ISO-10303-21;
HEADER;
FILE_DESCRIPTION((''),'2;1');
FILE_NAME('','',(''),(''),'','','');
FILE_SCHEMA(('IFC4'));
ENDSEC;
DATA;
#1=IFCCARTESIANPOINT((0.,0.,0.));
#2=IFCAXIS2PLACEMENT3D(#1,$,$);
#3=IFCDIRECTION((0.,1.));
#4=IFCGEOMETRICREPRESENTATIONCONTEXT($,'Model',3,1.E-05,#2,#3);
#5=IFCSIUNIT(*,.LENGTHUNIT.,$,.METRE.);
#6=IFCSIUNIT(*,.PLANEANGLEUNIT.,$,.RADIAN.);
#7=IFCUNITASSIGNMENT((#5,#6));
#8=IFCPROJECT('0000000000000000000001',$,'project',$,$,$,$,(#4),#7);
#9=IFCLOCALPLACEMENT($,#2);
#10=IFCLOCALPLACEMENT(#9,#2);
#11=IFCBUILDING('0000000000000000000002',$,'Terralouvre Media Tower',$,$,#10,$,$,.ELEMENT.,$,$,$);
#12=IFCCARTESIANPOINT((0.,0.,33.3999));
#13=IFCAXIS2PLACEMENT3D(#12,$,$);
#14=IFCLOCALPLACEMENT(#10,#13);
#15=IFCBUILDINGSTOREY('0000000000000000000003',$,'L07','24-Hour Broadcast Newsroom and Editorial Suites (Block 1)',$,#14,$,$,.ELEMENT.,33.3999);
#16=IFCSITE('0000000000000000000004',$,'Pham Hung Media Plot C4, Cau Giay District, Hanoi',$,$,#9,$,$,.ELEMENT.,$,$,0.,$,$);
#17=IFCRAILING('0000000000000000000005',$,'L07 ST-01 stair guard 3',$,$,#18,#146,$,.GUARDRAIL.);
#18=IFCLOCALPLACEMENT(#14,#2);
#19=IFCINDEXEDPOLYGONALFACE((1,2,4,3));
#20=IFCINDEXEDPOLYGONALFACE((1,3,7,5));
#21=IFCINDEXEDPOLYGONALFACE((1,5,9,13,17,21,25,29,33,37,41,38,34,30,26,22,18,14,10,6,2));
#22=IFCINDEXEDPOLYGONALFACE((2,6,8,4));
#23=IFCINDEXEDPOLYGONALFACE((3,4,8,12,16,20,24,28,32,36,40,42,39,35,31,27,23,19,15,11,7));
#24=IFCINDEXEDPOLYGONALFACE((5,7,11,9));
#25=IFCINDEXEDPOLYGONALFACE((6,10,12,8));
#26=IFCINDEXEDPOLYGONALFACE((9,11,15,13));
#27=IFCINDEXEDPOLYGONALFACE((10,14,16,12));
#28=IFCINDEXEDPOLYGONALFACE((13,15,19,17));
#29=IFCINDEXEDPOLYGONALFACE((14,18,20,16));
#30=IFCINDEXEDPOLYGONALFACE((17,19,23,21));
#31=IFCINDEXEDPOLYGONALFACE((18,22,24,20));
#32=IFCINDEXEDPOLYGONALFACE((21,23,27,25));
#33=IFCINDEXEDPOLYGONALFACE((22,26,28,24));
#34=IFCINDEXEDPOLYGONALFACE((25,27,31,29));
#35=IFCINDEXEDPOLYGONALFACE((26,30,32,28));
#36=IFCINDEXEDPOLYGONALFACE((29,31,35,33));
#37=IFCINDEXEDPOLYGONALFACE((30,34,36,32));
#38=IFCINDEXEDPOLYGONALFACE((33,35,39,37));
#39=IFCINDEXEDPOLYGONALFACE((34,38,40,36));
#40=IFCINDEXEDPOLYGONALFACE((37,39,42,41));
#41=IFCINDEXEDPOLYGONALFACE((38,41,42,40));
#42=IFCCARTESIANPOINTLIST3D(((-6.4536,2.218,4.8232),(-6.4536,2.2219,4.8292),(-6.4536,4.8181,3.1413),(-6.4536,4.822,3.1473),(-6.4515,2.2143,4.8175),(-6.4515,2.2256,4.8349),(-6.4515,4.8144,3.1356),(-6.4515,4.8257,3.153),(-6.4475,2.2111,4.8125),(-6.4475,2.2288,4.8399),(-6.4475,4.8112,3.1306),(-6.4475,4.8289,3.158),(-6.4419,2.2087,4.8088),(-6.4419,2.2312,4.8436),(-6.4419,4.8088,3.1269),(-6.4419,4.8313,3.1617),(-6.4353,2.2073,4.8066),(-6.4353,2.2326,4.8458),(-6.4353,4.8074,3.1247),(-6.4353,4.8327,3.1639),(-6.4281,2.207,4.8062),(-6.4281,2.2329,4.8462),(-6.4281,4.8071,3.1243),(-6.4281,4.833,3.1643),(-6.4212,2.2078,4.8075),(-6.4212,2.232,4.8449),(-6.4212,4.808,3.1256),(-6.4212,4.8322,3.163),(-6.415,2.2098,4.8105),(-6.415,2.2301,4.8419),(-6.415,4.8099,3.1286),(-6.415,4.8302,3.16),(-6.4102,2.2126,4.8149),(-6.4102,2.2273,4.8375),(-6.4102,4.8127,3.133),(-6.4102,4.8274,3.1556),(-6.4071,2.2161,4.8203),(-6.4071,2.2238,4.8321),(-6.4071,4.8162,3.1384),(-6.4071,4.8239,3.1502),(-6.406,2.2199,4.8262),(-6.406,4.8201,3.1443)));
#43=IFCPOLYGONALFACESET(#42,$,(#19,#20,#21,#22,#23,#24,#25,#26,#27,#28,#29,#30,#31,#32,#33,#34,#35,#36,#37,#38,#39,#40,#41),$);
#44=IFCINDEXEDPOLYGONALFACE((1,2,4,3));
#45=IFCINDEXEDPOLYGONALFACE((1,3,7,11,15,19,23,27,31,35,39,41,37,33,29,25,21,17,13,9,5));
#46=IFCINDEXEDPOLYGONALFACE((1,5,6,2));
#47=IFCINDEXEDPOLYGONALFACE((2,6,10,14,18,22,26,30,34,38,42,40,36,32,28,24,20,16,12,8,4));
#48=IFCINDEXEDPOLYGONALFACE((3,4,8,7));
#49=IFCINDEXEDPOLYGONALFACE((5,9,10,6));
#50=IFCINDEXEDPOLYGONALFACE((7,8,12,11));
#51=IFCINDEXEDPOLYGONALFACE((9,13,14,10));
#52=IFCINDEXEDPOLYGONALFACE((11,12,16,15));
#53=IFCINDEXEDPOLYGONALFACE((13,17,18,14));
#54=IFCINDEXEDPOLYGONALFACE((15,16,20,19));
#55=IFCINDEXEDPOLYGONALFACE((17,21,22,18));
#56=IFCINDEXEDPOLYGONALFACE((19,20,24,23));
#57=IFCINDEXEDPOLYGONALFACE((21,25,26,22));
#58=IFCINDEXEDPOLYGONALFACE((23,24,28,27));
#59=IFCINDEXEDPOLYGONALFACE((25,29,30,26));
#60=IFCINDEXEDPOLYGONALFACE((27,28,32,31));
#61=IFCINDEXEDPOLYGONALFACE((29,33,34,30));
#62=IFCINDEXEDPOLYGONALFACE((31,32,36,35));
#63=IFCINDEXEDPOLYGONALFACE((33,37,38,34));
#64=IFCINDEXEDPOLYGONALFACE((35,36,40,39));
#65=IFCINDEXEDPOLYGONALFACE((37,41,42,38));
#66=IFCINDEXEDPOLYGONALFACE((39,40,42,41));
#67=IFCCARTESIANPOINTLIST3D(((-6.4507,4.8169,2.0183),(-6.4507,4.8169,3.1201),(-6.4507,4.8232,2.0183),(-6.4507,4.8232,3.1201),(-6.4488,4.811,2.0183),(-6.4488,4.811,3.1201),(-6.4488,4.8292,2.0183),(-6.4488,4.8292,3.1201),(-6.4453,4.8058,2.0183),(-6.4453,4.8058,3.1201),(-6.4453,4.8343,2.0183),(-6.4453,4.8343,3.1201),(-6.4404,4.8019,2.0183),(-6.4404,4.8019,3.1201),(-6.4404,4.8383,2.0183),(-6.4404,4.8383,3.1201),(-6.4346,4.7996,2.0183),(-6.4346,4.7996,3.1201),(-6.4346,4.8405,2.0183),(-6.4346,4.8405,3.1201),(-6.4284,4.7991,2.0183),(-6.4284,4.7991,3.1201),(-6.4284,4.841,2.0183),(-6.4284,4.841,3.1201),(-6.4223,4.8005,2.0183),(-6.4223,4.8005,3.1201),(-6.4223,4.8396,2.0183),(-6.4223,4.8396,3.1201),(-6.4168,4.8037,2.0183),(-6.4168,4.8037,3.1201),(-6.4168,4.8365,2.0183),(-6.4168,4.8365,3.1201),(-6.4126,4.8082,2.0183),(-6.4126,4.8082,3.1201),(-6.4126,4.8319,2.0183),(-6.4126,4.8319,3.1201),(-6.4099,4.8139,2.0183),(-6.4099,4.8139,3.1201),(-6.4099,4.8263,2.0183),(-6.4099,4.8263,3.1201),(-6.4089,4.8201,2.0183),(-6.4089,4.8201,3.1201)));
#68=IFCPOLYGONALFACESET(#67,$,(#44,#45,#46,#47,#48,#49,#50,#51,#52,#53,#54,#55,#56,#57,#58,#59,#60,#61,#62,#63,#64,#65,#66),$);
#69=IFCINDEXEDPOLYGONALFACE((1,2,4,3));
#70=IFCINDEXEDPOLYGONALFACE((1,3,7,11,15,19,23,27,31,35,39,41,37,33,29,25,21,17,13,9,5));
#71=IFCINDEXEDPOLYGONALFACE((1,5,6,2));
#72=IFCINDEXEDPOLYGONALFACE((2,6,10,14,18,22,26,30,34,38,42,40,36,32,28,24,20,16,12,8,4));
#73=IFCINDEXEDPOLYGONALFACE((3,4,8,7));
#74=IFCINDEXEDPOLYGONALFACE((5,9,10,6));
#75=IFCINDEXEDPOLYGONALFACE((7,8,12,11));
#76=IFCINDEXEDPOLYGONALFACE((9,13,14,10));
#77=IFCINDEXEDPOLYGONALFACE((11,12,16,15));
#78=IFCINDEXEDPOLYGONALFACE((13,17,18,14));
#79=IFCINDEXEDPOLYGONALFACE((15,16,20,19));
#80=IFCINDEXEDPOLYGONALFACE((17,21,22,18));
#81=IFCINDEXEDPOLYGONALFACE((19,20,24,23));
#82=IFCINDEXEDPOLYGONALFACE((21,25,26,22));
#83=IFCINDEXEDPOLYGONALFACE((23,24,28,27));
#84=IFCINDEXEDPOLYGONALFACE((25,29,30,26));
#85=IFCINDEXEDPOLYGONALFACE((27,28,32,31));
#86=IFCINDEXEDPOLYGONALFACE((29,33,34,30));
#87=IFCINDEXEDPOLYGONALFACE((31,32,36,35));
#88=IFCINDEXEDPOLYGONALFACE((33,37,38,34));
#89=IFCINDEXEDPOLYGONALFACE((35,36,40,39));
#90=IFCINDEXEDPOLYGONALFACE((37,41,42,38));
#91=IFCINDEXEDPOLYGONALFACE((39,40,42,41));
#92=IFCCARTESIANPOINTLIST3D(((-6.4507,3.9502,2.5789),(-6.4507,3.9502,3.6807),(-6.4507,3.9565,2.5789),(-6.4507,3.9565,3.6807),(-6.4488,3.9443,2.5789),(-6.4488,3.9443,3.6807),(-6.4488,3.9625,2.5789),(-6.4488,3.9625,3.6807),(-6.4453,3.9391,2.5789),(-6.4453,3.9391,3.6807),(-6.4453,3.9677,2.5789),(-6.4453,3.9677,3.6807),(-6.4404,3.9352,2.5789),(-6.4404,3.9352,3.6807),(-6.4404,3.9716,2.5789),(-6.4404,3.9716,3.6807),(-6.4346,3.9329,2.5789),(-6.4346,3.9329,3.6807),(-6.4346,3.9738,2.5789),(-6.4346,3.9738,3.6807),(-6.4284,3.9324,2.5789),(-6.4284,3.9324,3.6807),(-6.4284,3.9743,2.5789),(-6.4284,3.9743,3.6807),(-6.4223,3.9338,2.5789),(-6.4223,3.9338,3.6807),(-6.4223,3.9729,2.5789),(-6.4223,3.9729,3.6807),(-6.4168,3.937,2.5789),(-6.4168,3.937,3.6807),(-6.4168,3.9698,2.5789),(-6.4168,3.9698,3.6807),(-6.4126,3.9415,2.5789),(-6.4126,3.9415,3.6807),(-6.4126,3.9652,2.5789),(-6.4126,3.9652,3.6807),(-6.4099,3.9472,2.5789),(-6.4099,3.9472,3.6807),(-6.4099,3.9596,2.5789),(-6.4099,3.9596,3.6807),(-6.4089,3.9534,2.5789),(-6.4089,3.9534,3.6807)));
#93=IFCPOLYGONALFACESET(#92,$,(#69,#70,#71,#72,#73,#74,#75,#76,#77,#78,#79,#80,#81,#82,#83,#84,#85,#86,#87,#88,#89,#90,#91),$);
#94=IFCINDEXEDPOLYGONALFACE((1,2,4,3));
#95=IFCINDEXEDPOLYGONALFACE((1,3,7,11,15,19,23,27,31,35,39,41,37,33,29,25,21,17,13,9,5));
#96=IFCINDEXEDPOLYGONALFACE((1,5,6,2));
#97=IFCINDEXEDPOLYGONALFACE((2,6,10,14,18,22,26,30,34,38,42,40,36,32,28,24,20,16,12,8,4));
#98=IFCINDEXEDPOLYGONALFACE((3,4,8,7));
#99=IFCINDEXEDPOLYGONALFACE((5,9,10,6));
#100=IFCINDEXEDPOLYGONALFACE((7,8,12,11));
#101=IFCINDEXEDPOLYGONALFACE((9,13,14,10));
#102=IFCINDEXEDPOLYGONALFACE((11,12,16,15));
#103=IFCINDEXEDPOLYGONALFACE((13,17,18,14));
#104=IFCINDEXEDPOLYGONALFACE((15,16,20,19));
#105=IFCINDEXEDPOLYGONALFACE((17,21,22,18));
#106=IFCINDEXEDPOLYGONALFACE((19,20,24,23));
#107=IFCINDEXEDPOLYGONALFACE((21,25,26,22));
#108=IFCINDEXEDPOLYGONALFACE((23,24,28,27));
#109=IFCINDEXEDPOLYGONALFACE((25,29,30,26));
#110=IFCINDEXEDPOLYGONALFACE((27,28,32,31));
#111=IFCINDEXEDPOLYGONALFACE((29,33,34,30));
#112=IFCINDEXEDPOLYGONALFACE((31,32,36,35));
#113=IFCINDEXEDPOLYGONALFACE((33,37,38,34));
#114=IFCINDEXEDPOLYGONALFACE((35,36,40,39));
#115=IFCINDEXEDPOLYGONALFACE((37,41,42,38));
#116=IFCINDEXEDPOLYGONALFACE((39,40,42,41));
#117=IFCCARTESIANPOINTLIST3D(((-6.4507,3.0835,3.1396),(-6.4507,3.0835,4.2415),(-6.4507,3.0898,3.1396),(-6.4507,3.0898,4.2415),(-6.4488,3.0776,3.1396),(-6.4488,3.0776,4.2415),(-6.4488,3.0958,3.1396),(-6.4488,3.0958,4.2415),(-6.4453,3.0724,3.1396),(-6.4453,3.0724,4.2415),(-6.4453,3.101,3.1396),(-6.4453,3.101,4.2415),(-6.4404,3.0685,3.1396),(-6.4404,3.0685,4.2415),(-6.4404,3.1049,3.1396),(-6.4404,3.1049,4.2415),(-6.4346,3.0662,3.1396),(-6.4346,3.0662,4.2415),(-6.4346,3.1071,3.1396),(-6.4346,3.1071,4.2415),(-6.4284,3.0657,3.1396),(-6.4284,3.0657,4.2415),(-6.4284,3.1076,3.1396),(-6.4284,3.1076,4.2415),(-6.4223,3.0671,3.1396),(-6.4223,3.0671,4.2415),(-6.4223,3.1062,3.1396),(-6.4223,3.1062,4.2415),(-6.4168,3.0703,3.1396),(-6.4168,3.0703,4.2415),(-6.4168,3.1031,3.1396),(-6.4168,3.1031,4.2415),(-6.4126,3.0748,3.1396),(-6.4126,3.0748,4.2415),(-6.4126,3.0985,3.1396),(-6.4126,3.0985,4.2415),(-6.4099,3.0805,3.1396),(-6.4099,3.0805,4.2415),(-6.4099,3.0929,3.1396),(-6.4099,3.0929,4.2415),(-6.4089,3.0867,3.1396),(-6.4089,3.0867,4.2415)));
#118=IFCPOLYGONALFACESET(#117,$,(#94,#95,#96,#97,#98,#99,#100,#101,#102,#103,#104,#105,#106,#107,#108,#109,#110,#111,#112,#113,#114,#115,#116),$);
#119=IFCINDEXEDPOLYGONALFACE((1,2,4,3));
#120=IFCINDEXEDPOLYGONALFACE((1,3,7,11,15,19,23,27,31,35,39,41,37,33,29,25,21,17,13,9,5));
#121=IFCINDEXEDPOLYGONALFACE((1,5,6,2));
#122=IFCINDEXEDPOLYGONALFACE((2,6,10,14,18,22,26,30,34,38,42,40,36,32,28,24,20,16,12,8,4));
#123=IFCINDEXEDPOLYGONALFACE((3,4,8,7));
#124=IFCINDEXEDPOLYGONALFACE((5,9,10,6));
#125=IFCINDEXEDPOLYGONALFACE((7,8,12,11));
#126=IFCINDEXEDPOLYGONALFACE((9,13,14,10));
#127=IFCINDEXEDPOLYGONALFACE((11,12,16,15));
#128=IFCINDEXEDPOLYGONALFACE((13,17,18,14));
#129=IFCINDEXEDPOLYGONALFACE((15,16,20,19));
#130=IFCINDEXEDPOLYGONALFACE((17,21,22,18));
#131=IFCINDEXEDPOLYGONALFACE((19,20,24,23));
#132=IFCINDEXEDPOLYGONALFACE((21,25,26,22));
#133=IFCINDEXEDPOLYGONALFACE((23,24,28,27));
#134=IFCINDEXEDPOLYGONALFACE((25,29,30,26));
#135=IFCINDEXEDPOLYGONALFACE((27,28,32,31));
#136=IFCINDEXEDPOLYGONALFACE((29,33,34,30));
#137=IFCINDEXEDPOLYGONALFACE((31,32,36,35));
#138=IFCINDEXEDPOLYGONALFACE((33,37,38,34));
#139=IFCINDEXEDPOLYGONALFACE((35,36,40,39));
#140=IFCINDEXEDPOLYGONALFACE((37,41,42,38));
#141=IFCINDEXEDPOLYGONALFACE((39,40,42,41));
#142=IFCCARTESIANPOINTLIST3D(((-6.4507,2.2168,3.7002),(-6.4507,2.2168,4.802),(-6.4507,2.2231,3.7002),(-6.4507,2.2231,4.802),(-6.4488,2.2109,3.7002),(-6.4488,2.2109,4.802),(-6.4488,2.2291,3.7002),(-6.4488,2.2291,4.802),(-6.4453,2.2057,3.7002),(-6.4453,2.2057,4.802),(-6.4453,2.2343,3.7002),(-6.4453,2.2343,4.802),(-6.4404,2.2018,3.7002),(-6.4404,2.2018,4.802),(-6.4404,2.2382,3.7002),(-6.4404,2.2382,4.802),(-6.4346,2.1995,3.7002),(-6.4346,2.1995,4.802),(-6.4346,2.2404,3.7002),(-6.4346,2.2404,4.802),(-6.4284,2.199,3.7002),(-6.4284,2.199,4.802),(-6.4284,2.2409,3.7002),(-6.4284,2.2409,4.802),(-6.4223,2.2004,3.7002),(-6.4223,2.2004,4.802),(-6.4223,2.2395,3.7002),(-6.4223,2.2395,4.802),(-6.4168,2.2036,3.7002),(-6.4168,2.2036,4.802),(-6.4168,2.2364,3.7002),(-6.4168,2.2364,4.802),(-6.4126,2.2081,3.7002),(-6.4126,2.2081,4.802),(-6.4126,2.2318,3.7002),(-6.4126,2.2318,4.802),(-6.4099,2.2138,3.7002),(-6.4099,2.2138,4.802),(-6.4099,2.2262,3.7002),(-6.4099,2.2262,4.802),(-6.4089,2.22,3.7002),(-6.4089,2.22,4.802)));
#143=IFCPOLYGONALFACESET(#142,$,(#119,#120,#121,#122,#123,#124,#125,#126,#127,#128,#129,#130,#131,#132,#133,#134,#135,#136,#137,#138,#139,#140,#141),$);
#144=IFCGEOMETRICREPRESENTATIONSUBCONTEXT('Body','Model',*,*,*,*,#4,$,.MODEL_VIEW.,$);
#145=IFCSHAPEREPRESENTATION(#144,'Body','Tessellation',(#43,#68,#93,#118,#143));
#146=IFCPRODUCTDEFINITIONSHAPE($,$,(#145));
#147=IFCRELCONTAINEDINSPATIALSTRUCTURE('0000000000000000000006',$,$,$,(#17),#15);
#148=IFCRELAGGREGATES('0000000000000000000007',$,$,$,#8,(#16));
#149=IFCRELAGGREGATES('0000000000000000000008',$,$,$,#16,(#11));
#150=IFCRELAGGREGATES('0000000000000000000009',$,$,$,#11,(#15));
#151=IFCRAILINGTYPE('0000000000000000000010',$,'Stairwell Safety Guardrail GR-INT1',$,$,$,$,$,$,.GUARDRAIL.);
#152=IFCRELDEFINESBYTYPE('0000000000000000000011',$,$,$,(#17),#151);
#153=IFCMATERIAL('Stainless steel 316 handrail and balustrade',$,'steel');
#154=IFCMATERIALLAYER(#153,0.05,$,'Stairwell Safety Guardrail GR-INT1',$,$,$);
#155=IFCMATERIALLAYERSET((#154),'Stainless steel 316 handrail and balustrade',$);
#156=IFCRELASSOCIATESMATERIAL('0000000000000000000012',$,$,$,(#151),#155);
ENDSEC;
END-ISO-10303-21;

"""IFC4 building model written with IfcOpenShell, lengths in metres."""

from ifc_helpers import new_model, si_unit, direction, frame, origin, origin_2d, place, context, subcontext, project, spatial, circle, extrude, material, layer, layer_set, type_object, element, save


model = new_model("IFC4")

# Units and contexts
model_context = context("Model", 3, precision=1e-05, world=origin(), true_north=direction((0.0, 1.0)))
body_context = subcontext(model_context, "Body", "Model", "MODEL_VIEW")
ifc_project = project(units=[si_unit("LENGTHUNIT", "METRE"), si_unit("PLANEANGLEUNIT", "RADIAN")], contexts=[model_context])

# Site, building, storey
site_placement = place(None, origin())
site = spatial("IfcSite", under=ifc_project, at=site_placement, Name="Pham Hung Media Plot C4, Cau Giay District, Hanoi", CompositionType="ELEMENT", RefElevation=0.0)
building_placement = place(site_placement, origin())
building = spatial("IfcBuilding", under=site, at=building_placement, Name="Terralouvre Media Tower", CompositionType="ELEMENT")
storey_placement = place(building_placement, frame((0.0, 0.0, 33.3999)))
storey = spatial("IfcBuildingStorey", under=building, at=storey_placement, Name="L07", Description="24-Hour Broadcast Newsroom and Editorial Suites (Block 1)", CompositionType="ELEMENT", Elevation=33.3999)

# Railing
ifc_material_1 = material(Name="Stainless steel 316 handrail and balustrade", Category="steel")
ifc_layer_1 = layer(ifc_material_1, 0.05, Name="Stairwell Safety Guardrail GR-INT1")
ifc_layer_set_1 = layer_set([ifc_layer_1], Name="Stainless steel 316 handrail and balustrade")
railing_type_1 = type_object("IfcRailingType", Name="Stairwell Safety Guardrail GR-INT1", PredefinedType="GUARDRAIL", material=ifc_layer_set_1)
railing_1_placement = place(storey_placement, frame((-6.4299, 4.8201, 2.0183)))
element("IfcRailing", 1, at=railing_1_placement, inside=storey, type_object=railing_type_1, Name="L07 ST-01 stair guard 3", PredefinedType="GUARDRAIL", context=body_context, shape_type="SweptSolid", body=[
    extrude(circle(Radius=0.0239, at=origin_2d()), frame((0.0, 0.0, 1.126), z_axis=(0.0, -0.839648, 0.54313), x_axis=(1.0, 0.0, 0.0)), (0.0, 0.0, 1.0), 3.0967),
    extrude(circle(Radius=0.021, at=origin_2d()), origin(), (0.0, 0.0, 1.0), 1.1018),
    extrude(circle(Radius=0.021, at=origin_2d()), frame((0.0, -0.8667, 0.5605)), (0.0, 0.0, 1.0), 1.1018),
    extrude(circle(Radius=0.021, at=origin_2d()), frame((0.0, -1.7334, 1.1213)), (0.0, 0.0, 1.0), 1.1018),
    extrude(circle(Radius=0.021, at=origin_2d()), frame((0.0, -2.6001, 1.6819)), (0.0, 0.0, 1.0), 1.1018),
])

save(model, "model.ifc")
